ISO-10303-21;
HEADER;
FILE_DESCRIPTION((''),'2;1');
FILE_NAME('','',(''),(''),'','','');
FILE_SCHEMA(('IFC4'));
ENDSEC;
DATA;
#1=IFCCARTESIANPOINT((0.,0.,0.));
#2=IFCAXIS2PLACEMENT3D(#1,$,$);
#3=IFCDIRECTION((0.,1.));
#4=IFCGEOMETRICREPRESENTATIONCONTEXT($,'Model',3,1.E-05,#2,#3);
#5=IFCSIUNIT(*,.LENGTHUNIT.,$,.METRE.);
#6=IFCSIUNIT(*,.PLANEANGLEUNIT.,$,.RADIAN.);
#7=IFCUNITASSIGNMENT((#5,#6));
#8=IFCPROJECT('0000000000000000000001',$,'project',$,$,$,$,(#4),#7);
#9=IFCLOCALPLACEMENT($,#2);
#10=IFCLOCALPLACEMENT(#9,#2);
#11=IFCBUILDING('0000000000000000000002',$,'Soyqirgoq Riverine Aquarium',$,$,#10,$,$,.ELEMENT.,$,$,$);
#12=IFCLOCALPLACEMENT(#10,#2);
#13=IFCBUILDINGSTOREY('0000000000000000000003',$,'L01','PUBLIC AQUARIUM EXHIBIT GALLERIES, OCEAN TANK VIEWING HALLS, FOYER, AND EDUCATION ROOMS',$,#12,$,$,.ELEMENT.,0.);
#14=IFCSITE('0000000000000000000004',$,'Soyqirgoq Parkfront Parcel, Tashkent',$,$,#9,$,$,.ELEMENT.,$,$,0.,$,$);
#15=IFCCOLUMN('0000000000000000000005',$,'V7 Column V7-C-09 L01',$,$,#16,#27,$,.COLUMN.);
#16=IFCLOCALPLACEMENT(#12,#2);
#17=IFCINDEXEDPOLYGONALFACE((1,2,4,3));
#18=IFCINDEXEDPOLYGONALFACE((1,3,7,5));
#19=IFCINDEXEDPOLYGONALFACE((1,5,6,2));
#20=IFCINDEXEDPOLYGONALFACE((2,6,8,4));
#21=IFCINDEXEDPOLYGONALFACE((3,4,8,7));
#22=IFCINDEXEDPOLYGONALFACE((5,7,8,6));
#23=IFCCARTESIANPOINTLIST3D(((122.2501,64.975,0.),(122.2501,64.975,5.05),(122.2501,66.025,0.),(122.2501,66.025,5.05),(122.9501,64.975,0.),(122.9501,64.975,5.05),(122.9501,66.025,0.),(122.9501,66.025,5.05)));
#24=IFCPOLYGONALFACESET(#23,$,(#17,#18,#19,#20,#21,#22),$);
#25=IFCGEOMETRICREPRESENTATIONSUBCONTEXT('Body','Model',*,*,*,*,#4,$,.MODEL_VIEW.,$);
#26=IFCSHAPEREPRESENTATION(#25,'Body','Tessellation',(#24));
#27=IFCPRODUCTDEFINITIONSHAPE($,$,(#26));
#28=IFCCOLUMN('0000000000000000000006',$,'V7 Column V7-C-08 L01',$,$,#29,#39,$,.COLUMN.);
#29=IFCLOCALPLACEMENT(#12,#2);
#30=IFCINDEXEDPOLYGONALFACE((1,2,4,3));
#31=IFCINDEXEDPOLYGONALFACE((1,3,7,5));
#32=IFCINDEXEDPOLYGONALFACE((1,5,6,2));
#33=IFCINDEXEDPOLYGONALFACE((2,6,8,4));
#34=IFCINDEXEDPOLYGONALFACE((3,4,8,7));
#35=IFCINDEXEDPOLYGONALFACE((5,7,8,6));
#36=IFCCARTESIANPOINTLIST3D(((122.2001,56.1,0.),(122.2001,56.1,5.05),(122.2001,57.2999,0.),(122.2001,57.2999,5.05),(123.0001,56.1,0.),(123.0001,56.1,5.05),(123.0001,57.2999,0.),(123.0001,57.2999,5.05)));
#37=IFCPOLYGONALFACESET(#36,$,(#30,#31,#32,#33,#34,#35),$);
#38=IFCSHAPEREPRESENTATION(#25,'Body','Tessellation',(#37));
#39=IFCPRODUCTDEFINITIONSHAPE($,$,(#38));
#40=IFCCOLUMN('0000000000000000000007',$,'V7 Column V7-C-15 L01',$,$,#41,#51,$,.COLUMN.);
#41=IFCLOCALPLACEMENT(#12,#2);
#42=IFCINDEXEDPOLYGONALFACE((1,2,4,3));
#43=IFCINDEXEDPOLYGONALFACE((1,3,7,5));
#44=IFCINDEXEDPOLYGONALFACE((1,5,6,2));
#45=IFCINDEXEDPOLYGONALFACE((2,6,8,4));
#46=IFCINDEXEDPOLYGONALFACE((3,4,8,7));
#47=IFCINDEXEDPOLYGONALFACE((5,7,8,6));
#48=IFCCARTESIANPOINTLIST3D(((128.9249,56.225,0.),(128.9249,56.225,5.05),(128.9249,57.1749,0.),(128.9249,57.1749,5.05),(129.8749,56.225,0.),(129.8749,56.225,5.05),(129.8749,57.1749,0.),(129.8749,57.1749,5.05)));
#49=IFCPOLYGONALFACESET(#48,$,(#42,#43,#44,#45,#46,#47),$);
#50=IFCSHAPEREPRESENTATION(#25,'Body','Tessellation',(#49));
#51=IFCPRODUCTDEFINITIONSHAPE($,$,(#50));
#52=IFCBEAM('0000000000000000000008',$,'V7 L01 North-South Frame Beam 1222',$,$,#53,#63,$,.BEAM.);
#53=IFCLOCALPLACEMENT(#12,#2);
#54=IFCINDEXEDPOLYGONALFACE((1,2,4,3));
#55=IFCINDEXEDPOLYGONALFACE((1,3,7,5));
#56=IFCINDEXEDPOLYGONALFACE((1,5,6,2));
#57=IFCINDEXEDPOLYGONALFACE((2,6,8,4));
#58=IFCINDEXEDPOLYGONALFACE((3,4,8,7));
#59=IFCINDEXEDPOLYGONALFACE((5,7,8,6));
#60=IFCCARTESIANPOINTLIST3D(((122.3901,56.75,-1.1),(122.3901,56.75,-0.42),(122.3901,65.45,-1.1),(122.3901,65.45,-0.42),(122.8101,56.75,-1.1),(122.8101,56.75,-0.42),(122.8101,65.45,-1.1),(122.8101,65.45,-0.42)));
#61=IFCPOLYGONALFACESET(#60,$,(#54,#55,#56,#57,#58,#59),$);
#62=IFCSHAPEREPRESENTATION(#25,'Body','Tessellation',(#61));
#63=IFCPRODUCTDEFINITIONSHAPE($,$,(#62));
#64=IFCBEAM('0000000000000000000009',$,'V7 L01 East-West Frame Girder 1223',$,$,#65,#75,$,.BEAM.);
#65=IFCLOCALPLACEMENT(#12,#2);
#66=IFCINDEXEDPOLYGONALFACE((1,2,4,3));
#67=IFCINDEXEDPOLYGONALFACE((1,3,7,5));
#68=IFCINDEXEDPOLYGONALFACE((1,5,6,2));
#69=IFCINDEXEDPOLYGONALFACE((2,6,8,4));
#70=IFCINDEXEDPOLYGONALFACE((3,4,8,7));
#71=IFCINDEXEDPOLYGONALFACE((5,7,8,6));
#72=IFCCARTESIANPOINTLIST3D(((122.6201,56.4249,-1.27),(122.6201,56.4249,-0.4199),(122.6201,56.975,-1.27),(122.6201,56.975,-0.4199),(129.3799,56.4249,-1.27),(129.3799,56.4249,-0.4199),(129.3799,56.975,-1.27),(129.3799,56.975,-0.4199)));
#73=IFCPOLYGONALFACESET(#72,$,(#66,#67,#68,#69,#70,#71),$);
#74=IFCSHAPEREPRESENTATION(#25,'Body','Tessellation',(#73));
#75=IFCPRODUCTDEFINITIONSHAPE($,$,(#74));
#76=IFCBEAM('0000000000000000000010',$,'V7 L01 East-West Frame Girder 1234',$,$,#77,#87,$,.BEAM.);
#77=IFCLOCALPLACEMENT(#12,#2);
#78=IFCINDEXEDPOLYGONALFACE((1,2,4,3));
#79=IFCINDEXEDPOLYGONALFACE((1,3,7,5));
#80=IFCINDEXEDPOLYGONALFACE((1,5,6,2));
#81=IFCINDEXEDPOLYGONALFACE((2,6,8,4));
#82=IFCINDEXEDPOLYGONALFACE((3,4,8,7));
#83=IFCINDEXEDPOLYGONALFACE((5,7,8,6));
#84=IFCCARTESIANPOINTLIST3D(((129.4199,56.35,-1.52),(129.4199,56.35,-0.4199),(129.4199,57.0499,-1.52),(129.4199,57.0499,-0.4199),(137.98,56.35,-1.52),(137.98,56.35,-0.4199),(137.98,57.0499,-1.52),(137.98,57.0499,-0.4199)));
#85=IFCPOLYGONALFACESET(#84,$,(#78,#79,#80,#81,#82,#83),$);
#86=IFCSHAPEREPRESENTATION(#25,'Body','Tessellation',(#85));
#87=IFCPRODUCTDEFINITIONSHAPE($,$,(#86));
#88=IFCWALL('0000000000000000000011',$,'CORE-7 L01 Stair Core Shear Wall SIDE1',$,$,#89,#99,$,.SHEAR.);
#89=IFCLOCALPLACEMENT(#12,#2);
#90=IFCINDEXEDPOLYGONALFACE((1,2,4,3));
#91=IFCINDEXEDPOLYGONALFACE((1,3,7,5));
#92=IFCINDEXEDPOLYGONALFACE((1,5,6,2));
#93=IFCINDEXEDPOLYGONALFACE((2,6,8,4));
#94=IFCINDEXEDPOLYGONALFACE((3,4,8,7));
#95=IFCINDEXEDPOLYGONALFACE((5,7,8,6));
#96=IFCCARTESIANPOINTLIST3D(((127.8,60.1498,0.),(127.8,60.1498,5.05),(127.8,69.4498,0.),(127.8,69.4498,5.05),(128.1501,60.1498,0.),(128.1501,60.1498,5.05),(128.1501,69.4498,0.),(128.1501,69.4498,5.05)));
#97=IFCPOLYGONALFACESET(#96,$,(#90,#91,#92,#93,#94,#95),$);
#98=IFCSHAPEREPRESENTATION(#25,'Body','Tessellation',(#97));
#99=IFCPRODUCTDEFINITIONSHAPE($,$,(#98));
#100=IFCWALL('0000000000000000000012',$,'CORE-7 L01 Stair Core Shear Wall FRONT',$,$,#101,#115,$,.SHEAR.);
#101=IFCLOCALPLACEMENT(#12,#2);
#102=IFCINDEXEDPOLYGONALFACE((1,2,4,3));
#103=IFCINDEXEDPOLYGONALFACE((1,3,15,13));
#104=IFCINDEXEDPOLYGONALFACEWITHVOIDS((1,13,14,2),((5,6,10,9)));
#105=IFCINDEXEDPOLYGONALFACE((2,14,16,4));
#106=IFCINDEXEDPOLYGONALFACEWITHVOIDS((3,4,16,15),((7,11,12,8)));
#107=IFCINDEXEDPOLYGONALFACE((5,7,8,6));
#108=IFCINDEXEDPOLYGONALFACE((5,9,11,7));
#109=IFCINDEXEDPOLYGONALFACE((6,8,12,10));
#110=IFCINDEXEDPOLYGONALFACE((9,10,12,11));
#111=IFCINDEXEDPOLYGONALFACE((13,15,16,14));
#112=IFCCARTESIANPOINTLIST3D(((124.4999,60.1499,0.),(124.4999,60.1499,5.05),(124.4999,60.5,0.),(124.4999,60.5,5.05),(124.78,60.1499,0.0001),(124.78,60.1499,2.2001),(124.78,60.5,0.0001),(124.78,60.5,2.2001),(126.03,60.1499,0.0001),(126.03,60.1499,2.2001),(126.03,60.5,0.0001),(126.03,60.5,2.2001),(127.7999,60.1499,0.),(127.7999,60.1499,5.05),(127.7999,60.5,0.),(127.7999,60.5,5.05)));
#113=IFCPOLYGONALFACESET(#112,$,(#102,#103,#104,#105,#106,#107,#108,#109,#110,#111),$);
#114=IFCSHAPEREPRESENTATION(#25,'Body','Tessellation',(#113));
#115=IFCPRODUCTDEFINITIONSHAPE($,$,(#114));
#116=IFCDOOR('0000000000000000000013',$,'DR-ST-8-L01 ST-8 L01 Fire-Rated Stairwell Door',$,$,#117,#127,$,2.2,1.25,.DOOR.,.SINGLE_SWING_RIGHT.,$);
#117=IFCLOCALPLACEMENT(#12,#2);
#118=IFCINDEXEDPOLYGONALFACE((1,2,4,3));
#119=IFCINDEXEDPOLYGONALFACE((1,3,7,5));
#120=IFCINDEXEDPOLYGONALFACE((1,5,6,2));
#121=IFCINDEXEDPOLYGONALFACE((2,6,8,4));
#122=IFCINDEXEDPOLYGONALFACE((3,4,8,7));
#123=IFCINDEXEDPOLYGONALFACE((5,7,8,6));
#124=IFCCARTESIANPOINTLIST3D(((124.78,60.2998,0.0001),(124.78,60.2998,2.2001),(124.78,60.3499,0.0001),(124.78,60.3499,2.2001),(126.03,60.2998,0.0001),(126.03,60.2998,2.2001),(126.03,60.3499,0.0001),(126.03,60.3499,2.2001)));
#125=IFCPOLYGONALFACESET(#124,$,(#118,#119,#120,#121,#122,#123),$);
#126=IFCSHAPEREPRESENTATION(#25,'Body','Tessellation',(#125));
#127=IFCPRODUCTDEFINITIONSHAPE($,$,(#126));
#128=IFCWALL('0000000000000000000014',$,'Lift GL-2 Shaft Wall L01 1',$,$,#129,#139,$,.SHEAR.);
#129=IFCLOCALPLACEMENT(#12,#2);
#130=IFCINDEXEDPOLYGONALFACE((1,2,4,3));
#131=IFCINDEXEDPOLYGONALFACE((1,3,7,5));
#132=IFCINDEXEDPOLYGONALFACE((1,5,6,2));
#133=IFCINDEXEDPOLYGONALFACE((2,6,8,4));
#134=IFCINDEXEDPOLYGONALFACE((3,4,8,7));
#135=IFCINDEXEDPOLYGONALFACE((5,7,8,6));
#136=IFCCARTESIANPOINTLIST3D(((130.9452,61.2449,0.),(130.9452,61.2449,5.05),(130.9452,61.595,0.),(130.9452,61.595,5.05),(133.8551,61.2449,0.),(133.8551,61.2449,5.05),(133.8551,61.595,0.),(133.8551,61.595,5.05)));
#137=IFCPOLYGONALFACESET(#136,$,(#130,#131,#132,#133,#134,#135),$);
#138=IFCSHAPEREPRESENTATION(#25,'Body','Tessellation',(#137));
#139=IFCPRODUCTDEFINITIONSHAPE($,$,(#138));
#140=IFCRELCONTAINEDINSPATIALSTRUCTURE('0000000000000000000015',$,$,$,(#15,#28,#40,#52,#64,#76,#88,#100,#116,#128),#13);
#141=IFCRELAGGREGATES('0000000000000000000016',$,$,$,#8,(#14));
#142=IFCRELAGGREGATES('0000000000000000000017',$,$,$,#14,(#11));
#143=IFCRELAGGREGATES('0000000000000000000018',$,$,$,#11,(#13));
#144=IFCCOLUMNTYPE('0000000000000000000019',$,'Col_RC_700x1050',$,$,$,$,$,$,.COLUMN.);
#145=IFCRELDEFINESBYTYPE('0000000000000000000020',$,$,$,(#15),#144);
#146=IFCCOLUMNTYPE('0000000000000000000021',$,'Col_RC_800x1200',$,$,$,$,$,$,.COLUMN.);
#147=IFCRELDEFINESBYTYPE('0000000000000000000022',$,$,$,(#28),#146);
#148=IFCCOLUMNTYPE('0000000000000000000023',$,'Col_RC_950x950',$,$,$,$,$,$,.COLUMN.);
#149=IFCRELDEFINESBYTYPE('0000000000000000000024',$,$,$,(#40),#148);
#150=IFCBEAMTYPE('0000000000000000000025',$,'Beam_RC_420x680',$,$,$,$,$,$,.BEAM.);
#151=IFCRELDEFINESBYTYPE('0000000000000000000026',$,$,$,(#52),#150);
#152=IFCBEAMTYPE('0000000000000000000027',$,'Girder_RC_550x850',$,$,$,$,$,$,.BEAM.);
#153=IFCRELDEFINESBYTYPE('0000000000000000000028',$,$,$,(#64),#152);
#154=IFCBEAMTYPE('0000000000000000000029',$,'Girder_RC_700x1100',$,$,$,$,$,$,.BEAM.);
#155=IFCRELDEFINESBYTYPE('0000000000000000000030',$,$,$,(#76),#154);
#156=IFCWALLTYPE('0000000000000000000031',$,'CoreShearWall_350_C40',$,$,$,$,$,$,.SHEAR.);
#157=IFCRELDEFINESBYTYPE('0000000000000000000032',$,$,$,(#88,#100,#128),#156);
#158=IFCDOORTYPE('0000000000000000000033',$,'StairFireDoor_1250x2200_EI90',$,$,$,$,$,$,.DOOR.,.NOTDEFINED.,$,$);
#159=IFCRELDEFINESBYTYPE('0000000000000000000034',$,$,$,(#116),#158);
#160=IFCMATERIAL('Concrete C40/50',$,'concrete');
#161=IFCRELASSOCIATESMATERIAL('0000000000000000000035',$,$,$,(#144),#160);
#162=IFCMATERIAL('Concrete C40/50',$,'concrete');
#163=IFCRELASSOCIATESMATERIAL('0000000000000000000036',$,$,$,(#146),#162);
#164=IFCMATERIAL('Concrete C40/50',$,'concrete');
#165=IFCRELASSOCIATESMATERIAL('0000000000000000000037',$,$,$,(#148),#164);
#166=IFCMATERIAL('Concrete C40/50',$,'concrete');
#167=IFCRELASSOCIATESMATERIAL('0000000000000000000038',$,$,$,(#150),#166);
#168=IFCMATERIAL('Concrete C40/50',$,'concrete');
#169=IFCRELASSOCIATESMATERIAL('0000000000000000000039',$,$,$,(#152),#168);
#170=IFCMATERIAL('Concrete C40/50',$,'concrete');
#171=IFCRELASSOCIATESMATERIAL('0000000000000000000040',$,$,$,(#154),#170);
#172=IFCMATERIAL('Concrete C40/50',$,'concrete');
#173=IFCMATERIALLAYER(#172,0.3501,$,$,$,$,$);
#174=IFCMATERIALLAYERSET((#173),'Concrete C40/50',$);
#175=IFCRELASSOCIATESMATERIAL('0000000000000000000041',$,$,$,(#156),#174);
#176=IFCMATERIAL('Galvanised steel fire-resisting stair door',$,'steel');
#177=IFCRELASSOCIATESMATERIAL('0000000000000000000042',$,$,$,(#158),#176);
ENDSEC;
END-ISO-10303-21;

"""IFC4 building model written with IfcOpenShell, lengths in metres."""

from ifc_helpers import new_model, si_unit, direction, frame, frame_2d, origin, origin_2d, place, context, subcontext, project, spatial, rectangle, extrude, material, layer, layer_set, material_profile, profile_set, type_object, element, fill, save


model = new_model("IFC4")

# Units and contexts
model_context = context("Model", 3, precision=1e-05, world=origin(), true_north=direction((0.0, 1.0)))
body_context = subcontext(model_context, "Body", "Model", "MODEL_VIEW")
ifc_project = project(units=[si_unit("LENGTHUNIT", "METRE"), si_unit("PLANEANGLEUNIT", "RADIAN")], contexts=[model_context])

# Site, building, storey
site_placement = place(None, origin())
site = spatial("IfcSite", under=ifc_project, at=site_placement, Name="Soyqirgoq Parkfront Parcel, Tashkent", CompositionType="ELEMENT", RefElevation=0.0)
building_placement = place(site_placement, origin())
building = spatial("IfcBuilding", under=site, at=building_placement, Name="Soyqirgoq Riverine Aquarium", CompositionType="ELEMENT")
storey_placement = place(building_placement, origin())
storey = spatial("IfcBuildingStorey", under=building, at=storey_placement, Name="L01", Description="PUBLIC AQUARIUM EXHIBIT GALLERIES, OCEAN TANK VIEWING HALLS, FOYER, AND EDUCATION ROOMS", CompositionType="ELEMENT", Elevation=0.0)

# Columns
ifc_material_1 = material(Name="Concrete C40/50", Category="concrete")
ifc_material_profile_1 = material_profile(ifc_material_1, rectangle(XDim=0.7, YDim=1.05, at=origin_2d()), Name="RC-COL 700x1050")
ifc_profile_set_1 = profile_set([ifc_material_profile_1], Name="Concrete C40/50")
column_type_1 = type_object("IfcColumnType", Name="Col_RC_700x1050", PredefinedType="COLUMN", material=ifc_profile_set_1)
column_1_placement = place(storey_placement, frame((122.6001, 65.5, 0.0), z_axis=(0.0, 0.0, 1.0), x_axis=(1.0, 0.0, 0.0)))
element("IfcColumn", 1, at=column_1_placement, inside=storey, type_object=column_type_1, Name="V7 Column V7-C-09 L01", PredefinedType="COLUMN", context=body_context, shape_type="SweptSolid", body=[
    extrude(rectangle(XDim=0.7, YDim=1.05, at=origin_2d()), origin(), (0.0, 0.0, 1.0), 5.05),
])
ifc_material_2 = material(Name="Concrete C40/50", Category="concrete")
ifc_material_profile_2 = material_profile(ifc_material_2, rectangle(XDim=0.8, YDim=1.2, at=origin_2d()), Name="RC-COL 800x1200")
ifc_profile_set_2 = profile_set([ifc_material_profile_2], Name="Concrete C40/50")
column_type_2 = type_object("IfcColumnType", Name="Col_RC_800x1200", PredefinedType="COLUMN", material=ifc_profile_set_2)
column_2_placement = place(storey_placement, frame((122.6001, 56.7, 0.0), z_axis=(0.0, 0.0, 1.0), x_axis=(1.0, 0.0, 0.0)))
element("IfcColumn", 2, at=column_2_placement, inside=storey, type_object=column_type_2, Name="V7 Column V7-C-08 L01", PredefinedType="COLUMN", context=body_context, shape_type="SweptSolid", body=[
    extrude(rectangle(XDim=0.8, YDim=1.2, at=origin_2d()), origin(), (0.0, 0.0, 1.0), 5.05),
])
ifc_material_3 = material(Name="Concrete C40/50", Category="concrete")
ifc_material_profile_3 = material_profile(ifc_material_3, rectangle(XDim=0.95, YDim=0.95, at=origin_2d()), Name="RC 950x950")
ifc_profile_set_3 = profile_set([ifc_material_profile_3], Name="Concrete C40/50")
column_type_3 = type_object("IfcColumnType", Name="Col_RC_950x950", PredefinedType="COLUMN", material=ifc_profile_set_3)
column_3_placement = place(storey_placement, frame((129.3999, 56.7, 0.0), z_axis=(0.0, 0.0, 1.0), x_axis=(1.0, 0.0, 0.0)))
element("IfcColumn", 3, at=column_3_placement, inside=storey, type_object=column_type_3, Name="V7 Column V7-C-15 L01", PredefinedType="COLUMN", context=body_context, shape_type="SweptSolid", body=[
    extrude(rectangle(XDim=0.95, YDim=0.95, at=origin_2d()), origin(), (0.0, 0.0, 1.0), 5.05),
])

# Beams
ifc_material_4 = material(Name="Concrete C40/50", Category="concrete")
ifc_material_profile_4 = material_profile(ifc_material_4, rectangle(XDim=0.4199, YDim=0.6799, at=origin_2d()), Name="RC 420x680")
ifc_profile_set_4 = profile_set([ifc_material_profile_4], Name="Concrete C40/50")
beam_type_1 = type_object("IfcBeamType", Name="Beam_RC_420x680", PredefinedType="BEAM", material=ifc_profile_set_4)
beam_1_placement = place(storey_placement, frame((122.6001, 56.75, -0.76), z_axis=(0.0, 1.0, 0.0), x_axis=(-1.0, 0.0, 0.0)))
element("IfcBeam", 4, at=beam_1_placement, inside=storey, type_object=beam_type_1, Name="V7 L01 North-South Frame Beam 1222", PredefinedType="BEAM", context=body_context, shape_type="SweptSolid", body=[
    extrude(rectangle(XDim=0.4199, YDim=0.6799, at=origin_2d()), origin(), (0.0, 0.0, 1.0), 8.7),
])
ifc_material_5 = material(Name="Concrete C40/50", Category="concrete")
ifc_material_profile_5 = material_profile(ifc_material_5, rectangle(XDim=0.55, YDim=0.8501, at=origin_2d()), Name="RC 550x850")
ifc_profile_set_5 = profile_set([ifc_material_profile_5], Name="Concrete C40/50")
beam_type_2 = type_object("IfcBeamType", Name="Girder_RC_550x850", PredefinedType="BEAM", material=ifc_profile_set_5)
beam_2_placement = place(storey_placement, frame((122.6201, 56.7, -0.845), z_axis=(1.0, 0.0, 0.0), x_axis=(0.0, 1.0, 0.0)))
element("IfcBeam", 5, at=beam_2_placement, inside=storey, type_object=beam_type_2, Name="V7 L01 East-West Frame Girder 1223", PredefinedType="BEAM", context=body_context, shape_type="SweptSolid", body=[
    extrude(rectangle(XDim=0.55, YDim=0.8501, at=origin_2d()), origin(), (0.0, 0.0, 1.0), 6.7598),
])
ifc_material_6 = material(Name="Concrete C40/50", Category="concrete")
ifc_material_profile_6 = material_profile(ifc_material_6, rectangle(XDim=0.7, YDim=1.1001, at=origin_2d()), Name="RC 700x1100")
ifc_profile_set_6 = profile_set([ifc_material_profile_6], Name="Concrete C40/50")
beam_type_3 = type_object("IfcBeamType", Name="Girder_RC_700x1100", PredefinedType="BEAM", material=ifc_profile_set_6)
beam_3_placement = place(storey_placement, frame((129.4199, 56.7, -0.97), z_axis=(1.0, 0.0, 0.0), x_axis=(0.0, 1.0, 0.0)))
element("IfcBeam", 6, at=beam_3_placement, inside=storey, type_object=beam_type_3, Name="V7 L01 East-West Frame Girder 1234", PredefinedType="BEAM", context=body_context, shape_type="SweptSolid", body=[
    extrude(rectangle(XDim=0.7, YDim=1.1001, at=origin_2d()), origin(), (0.0, 0.0, 1.0), 8.5601),
])

# Wall
ifc_material_7 = material(Name="Concrete C40/50", Category="concrete")
ifc_layer_1 = layer(ifc_material_7, 0.3501)
ifc_layer_set_1 = layer_set([ifc_layer_1], Name="Concrete C40/50")
wall_type_1 = type_object("IfcWallType", Name="CoreShearWall_350_C40", PredefinedType="SHEAR", material=ifc_layer_set_1)
wall_1_placement = place(storey_placement, frame((127.9751, 60.1499, 0.0), z_axis=(0.0, 0.0, 1.0), x_axis=(0.0, 1.0, 0.0)))
element("IfcWall", 7, at=wall_1_placement, inside=storey, type_object=wall_type_1, Name="CORE-7 L01 Stair Core Shear Wall SIDE1", PredefinedType="SHEAR", context=body_context, shape_type="SweptSolid", body=[
    extrude(rectangle(XDim=9.3, YDim=0.3501, at=frame_2d((4.6499, 0.0))), origin(), (0.0, 0.0, 1.0), 5.05),
])

# Wall, opening, door
wall_2_placement = place(storey_placement, frame((124.5, 60.325, 0.0), z_axis=(0.0, 0.0, 1.0), x_axis=(1.0, 0.0, 0.0)))
wall_2 = element("IfcWall", 8, at=wall_2_placement, inside=storey, type_object=wall_type_1, Name="CORE-7 L01 Stair Core Shear Wall FRONT", PredefinedType="SHEAR", context=body_context, shape_type="SweptSolid", body=[
    extrude(rectangle(XDim=3.3, YDim=0.3501, at=frame_2d((1.6499, 0.0))), origin(), (0.0, 0.0, 1.0), 5.05),
])
opening_1_placement = place(wall_2_placement, frame((0.28, 0.0, 0.0)))
opening_1 = element("IfcOpeningElement", 9, at=opening_1_placement, cuts=wall_2, PredefinedType="OPENING", context=body_context, shape_type="SweptSolid", body=[
    extrude(rectangle(XDim=1.25, YDim=2.2, at=frame_2d((0.625, 1.1001))), frame((0.0, 0.1851, 0.0), z_axis=(0.0, -1.0, 0.0), x_axis=(1.0, 0.0, 0.0)), (0.0, 0.0, 1.0), 0.3701),
])
ifc_material_8 = material(Name="Galvanised steel fire-resisting stair door", Category="steel")
door_type_1 = type_object("IfcDoorType", Name="StairFireDoor_1250x2200_EI90", OperationType="NOTDEFINED", PredefinedType="DOOR", material=ifc_material_8)
door_1_placement = place(opening_1_placement, origin())
door_1 = element("IfcDoor", 10, at=door_1_placement, inside=storey, type_object=door_type_1, Name="DR-ST-8-L01 ST-8 L01 Fire-Rated Stairwell Door", OperationType="SINGLE_SWING_RIGHT", OverallHeight=2.2, OverallWidth=1.25, PredefinedType="DOOR", context=body_context, shape_type="SweptSolid", body=[
    extrude(rectangle(XDim=1.25, YDim=2.2, at=frame_2d((0.625, 1.1001))), frame((0.0, 0.0249, 0.0), z_axis=(0.0, -1.0, 0.0), x_axis=(1.0, 0.0, 0.0)), (0.0, 0.0, 1.0), 0.05),
])
fill(opening_1, door_1)

# Wall
wall_3_placement = place(storey_placement, frame((130.9451, 61.4199, 0.0), z_axis=(0.0, 0.0, 1.0), x_axis=(1.0, 0.0, 0.0)))
element("IfcWall", 11, at=wall_3_placement, inside=storey, type_object=wall_type_1, Name="Lift GL-2 Shaft Wall L01 1", PredefinedType="SHEAR", context=body_context, shape_type="SweptSolid", body=[
    extrude(rectangle(XDim=2.9099, YDim=0.3501, at=frame_2d((1.4551, 0.0))), origin(), (0.0, 0.0, 1.0), 5.05),
])

save(model, "model.ifc")
